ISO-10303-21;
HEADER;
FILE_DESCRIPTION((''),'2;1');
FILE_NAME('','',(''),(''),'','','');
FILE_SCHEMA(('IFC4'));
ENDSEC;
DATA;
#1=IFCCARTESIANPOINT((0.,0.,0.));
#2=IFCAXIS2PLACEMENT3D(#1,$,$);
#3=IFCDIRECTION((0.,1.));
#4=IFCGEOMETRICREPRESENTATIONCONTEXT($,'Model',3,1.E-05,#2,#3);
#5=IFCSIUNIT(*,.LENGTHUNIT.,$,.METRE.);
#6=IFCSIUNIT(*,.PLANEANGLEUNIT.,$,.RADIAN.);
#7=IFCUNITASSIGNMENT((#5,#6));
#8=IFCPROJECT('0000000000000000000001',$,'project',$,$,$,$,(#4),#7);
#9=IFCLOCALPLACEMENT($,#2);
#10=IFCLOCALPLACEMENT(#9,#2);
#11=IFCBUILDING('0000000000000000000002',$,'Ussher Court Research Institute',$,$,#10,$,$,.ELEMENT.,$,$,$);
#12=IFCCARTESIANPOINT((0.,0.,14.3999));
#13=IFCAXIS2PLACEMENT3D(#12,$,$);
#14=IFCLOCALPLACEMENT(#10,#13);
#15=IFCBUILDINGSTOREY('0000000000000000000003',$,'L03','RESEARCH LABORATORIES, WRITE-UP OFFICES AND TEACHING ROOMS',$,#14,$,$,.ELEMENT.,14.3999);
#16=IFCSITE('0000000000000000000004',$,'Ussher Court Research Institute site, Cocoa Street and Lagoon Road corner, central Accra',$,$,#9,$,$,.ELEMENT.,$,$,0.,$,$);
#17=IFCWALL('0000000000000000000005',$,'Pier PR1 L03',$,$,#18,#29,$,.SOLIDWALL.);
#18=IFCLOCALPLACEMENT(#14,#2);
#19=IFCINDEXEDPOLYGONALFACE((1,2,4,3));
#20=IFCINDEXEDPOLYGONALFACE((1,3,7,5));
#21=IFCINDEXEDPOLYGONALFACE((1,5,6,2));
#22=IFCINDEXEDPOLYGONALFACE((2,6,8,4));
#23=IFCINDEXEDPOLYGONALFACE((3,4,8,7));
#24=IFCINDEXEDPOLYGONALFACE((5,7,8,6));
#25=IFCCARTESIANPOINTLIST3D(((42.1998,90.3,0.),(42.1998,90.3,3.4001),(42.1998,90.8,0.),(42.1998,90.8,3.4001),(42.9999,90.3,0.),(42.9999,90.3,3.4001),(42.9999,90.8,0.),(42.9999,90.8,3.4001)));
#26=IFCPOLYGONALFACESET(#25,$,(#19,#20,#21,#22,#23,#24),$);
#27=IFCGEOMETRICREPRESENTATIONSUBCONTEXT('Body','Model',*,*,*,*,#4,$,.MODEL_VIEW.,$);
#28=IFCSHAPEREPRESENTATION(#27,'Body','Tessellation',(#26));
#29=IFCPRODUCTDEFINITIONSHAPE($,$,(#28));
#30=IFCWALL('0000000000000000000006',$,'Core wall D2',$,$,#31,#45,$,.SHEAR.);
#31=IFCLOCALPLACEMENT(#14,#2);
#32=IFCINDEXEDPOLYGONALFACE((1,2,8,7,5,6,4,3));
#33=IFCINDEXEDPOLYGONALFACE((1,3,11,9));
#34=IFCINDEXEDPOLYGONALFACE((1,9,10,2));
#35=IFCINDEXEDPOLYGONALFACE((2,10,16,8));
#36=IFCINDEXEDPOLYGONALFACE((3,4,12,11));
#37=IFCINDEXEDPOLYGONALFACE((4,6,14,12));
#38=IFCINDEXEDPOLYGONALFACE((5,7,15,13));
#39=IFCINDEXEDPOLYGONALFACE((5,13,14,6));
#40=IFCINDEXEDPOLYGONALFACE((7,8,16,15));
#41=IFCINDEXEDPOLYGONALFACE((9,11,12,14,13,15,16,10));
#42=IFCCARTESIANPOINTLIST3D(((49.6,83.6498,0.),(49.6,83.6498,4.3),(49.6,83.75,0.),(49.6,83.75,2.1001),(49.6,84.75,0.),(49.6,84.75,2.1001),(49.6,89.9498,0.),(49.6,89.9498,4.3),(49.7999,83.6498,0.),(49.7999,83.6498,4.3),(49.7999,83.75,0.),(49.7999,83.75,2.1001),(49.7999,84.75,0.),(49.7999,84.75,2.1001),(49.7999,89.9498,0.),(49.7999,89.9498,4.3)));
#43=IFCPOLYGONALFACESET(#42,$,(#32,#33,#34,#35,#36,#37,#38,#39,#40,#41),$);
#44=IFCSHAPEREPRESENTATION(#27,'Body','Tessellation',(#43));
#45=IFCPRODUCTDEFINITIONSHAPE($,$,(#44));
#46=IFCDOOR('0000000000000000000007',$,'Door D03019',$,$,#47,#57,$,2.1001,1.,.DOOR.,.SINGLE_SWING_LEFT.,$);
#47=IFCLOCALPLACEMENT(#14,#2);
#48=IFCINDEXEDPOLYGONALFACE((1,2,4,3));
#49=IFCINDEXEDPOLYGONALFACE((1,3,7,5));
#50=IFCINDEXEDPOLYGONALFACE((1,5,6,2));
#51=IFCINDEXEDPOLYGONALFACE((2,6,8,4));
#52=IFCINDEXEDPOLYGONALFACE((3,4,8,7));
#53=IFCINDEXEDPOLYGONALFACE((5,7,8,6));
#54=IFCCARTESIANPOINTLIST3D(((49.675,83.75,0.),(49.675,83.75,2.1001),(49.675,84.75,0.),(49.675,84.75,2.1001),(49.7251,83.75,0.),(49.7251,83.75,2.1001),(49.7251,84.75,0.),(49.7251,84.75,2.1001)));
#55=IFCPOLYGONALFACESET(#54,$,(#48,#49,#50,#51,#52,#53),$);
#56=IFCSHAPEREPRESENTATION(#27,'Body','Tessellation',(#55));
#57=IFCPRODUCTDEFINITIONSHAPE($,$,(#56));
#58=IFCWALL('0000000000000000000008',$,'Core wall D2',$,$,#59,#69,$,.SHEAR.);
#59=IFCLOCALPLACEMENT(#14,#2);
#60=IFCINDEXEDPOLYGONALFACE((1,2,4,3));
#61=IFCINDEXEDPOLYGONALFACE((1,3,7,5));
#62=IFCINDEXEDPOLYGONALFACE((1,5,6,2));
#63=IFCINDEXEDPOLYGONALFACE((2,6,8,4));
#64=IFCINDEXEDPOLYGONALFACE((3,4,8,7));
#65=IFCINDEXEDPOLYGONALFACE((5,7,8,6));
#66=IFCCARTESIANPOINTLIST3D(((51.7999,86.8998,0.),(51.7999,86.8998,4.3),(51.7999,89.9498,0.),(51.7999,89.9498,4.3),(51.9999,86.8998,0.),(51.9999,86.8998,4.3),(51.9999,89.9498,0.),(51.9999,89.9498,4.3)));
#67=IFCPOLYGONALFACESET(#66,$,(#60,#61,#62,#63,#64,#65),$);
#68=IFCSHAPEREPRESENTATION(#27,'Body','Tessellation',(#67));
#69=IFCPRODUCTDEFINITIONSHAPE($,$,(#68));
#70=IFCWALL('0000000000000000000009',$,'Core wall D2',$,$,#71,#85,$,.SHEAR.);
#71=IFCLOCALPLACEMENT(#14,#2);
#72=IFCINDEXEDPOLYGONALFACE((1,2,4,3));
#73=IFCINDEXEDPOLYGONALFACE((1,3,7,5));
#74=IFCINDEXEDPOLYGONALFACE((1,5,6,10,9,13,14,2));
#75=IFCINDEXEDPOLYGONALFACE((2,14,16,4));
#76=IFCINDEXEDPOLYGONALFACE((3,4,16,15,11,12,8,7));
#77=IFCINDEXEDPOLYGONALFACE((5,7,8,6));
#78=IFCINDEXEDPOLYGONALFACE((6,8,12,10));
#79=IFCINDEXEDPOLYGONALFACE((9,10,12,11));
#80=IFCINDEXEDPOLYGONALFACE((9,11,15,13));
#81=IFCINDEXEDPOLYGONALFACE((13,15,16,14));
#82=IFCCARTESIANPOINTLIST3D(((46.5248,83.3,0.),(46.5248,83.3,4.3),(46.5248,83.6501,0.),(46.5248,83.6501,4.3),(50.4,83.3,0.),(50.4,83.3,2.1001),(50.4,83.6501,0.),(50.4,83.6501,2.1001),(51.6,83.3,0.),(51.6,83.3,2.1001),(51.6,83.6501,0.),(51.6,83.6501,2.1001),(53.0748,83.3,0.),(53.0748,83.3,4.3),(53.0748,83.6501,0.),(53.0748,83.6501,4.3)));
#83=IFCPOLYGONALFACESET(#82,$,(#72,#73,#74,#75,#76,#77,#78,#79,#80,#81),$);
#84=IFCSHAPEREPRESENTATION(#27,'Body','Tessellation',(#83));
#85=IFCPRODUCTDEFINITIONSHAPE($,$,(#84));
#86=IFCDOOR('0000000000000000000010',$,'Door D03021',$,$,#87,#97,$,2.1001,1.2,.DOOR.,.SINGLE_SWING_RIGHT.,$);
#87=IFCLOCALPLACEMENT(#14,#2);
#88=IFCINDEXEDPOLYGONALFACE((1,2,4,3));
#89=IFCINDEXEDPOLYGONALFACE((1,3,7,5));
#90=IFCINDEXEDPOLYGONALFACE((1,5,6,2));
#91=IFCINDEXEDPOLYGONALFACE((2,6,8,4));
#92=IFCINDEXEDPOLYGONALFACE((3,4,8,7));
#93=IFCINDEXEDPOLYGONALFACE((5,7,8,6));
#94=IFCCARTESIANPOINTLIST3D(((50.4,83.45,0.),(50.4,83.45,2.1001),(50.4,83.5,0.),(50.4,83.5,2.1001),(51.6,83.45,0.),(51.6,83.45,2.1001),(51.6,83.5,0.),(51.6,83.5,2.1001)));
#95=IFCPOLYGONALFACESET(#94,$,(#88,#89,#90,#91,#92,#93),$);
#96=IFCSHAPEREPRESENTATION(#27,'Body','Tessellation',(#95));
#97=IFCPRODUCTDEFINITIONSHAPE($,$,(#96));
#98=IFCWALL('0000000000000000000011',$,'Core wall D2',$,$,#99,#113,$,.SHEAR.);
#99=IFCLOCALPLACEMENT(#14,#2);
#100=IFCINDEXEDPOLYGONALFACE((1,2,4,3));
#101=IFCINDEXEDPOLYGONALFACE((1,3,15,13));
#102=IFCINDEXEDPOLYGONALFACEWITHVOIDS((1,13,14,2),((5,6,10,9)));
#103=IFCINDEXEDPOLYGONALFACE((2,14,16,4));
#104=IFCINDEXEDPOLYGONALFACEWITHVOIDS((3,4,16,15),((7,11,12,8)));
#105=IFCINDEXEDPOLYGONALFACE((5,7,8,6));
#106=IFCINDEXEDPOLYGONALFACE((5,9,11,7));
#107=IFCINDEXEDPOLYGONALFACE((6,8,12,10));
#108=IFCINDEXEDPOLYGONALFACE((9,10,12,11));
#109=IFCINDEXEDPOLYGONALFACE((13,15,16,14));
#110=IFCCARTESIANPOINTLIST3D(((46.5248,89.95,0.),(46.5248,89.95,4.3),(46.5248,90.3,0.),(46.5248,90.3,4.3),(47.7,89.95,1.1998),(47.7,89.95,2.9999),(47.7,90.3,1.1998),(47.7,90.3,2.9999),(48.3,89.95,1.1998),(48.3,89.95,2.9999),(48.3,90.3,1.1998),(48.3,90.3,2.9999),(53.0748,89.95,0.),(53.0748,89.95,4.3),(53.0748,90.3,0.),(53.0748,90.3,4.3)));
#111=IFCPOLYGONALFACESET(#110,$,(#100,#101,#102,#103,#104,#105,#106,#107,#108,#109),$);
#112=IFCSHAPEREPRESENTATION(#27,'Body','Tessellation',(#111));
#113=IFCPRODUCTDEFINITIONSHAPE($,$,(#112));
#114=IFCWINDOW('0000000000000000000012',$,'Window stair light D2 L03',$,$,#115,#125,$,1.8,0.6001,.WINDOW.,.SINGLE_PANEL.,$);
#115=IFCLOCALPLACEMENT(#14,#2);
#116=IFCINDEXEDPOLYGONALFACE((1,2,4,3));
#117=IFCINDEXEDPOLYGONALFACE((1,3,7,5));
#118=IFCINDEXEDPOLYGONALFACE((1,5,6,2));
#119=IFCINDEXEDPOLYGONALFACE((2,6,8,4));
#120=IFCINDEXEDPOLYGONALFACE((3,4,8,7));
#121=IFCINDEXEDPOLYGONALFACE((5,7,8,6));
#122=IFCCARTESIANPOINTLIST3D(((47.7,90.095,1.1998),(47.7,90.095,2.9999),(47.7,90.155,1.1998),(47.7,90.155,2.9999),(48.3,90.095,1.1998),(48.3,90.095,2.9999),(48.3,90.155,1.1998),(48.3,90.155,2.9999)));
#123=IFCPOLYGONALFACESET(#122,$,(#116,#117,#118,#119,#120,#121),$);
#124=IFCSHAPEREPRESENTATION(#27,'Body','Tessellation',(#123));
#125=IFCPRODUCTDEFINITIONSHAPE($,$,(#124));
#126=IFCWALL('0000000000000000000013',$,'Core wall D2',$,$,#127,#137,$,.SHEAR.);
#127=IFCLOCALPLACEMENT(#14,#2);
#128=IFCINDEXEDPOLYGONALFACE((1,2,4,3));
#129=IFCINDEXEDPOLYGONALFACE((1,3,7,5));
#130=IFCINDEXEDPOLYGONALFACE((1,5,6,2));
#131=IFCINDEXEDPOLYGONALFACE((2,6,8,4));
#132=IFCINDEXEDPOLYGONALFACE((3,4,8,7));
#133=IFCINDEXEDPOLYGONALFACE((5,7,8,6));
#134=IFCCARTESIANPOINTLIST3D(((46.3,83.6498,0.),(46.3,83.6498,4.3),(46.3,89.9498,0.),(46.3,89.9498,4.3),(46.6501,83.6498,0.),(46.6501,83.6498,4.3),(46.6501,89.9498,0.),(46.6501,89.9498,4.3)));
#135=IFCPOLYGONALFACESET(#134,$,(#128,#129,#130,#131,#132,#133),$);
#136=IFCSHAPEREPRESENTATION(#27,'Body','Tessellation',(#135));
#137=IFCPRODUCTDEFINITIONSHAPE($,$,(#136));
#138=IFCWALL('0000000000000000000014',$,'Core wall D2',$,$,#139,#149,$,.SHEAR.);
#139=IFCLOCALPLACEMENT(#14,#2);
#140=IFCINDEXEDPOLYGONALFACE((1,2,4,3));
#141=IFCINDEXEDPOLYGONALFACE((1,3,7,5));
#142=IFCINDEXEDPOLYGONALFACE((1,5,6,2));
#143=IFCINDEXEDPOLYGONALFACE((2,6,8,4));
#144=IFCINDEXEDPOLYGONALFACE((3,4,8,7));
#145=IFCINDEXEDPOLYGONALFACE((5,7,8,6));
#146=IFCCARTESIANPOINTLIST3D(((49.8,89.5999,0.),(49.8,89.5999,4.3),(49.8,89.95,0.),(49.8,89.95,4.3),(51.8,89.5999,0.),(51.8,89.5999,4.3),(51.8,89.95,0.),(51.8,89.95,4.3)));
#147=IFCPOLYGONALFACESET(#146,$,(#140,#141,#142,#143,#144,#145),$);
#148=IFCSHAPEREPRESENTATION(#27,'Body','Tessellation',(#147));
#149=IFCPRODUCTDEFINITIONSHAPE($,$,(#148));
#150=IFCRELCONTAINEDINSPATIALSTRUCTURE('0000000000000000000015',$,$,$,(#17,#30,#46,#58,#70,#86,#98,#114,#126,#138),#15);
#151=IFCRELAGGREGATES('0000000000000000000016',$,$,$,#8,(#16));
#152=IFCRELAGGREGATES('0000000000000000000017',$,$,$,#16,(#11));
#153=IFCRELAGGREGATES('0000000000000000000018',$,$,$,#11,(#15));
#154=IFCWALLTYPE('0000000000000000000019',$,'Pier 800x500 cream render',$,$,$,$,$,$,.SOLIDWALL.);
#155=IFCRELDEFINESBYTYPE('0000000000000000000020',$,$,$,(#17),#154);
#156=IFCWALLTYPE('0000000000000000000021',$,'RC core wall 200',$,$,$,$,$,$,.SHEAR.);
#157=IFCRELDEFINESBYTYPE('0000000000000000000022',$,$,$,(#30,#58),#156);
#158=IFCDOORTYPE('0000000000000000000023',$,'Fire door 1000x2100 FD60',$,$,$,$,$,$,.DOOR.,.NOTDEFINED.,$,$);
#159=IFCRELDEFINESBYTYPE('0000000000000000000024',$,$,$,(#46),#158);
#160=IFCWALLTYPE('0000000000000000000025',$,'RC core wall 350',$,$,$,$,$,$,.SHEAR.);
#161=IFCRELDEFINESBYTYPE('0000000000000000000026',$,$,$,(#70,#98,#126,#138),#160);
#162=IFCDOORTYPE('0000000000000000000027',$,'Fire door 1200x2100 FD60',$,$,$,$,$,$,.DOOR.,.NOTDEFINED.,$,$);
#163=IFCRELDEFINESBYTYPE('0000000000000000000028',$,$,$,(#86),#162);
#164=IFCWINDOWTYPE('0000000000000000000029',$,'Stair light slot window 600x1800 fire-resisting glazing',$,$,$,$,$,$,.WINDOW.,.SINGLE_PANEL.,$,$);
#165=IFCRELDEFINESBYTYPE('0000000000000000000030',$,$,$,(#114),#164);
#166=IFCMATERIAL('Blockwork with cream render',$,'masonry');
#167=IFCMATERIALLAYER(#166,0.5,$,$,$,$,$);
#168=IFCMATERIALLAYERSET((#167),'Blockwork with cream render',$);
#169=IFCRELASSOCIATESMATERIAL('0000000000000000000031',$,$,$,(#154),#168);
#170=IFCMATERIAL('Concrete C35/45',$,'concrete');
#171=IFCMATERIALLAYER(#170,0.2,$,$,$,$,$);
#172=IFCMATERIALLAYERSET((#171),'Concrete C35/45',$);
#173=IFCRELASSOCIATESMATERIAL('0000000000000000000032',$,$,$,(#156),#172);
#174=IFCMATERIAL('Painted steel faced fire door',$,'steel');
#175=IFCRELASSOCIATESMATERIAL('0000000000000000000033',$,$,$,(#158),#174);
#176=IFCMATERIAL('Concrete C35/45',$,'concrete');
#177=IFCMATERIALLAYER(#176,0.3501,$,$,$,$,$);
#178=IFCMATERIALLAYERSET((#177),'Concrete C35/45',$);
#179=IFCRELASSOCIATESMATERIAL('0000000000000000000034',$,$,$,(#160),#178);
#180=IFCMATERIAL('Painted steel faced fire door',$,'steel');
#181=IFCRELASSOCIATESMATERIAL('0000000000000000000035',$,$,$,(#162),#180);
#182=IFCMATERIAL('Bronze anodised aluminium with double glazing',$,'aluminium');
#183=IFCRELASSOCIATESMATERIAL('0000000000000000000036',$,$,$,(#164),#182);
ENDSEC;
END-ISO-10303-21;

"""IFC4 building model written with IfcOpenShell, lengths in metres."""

from ifc_helpers import new_model, si_unit, direction, frame, frame_2d, origin, place, context, subcontext, project, spatial, rectangle, extrude, material, layer, layer_set, type_object, element, fill, save


model = new_model("IFC4")

# Units and contexts
model_context = context("Model", 3, precision=1e-05, world=origin(), true_north=direction((0.0, 1.0)))
body_context = subcontext(model_context, "Body", "Model", "MODEL_VIEW")
ifc_project = project(units=[si_unit("LENGTHUNIT", "METRE"), si_unit("PLANEANGLEUNIT", "RADIAN")], contexts=[model_context])

# Site, building, storey
site_placement = place(None, origin())
site = spatial("IfcSite", under=ifc_project, at=site_placement, Name="Ussher Court Research Institute site, Cocoa Street and Lagoon Road corner, central Accra", CompositionType="ELEMENT", RefElevation=0.0)
building_placement = place(site_placement, origin())
building = spatial("IfcBuilding", under=site, at=building_placement, Name="Ussher Court Research Institute", CompositionType="ELEMENT")
storey_placement = place(building_placement, frame((0.0, 0.0, 14.3999)))
storey = spatial("IfcBuildingStorey", under=building, at=storey_placement, Name="L03", Description="RESEARCH LABORATORIES, WRITE-UP OFFICES AND TEACHING ROOMS", CompositionType="ELEMENT", Elevation=14.3999)

# Wall
ifc_material_1 = material(Name="Blockwork with cream render", Category="masonry")
ifc_layer_1 = layer(ifc_material_1, 0.5)
ifc_layer_set_1 = layer_set([ifc_layer_1], Name="Blockwork with cream render")
wall_type_1 = type_object("IfcWallType", Name="Pier 800x500 cream render", PredefinedType="SOLIDWALL", material=ifc_layer_set_1)
wall_1_placement = place(storey_placement, frame((42.2, 90.55, 0.0), z_axis=(0.0, 0.0, 1.0), x_axis=(1.0, 0.0, 0.0)))
element("IfcWall", 1, at=wall_1_placement, inside=storey, type_object=wall_type_1, Name="Pier PR1 L03", PredefinedType="SOLIDWALL", context=body_context, shape_type="SweptSolid", body=[
    extrude(rectangle(XDim=0.8, YDim=0.5, at=frame_2d((0.3999, 0.0))), origin(), (0.0, 0.0, 1.0), 3.4001),
])

# Wall, opening, door
ifc_material_2 = material(Name="Concrete C35/45", Category="concrete")
ifc_layer_2 = layer(ifc_material_2, 0.2)
ifc_layer_set_2 = layer_set([ifc_layer_2], Name="Concrete C35/45")
wall_type_2 = type_object("IfcWallType", Name="RC core wall 200", PredefinedType="SHEAR", material=ifc_layer_set_2)
wall_2_placement = place(storey_placement, frame((49.7, 83.6499, 0.0), z_axis=(0.0, 0.0, 1.0), x_axis=(0.0, 1.0, 0.0)))
wall_2 = element("IfcWall", 2, at=wall_2_placement, inside=storey, type_object=wall_type_2, Name="Core wall D2", PredefinedType="SHEAR", context=body_context, shape_type="SweptSolid", body=[
    extrude(rectangle(XDim=6.3, YDim=0.2, at=frame_2d((3.1499, 0.0))), origin(), (0.0, 0.0, 1.0), 4.3),
])
opening_1_placement = place(wall_2_placement, frame((0.1001, 0.0, 0.0)))
opening_1 = element("IfcOpeningElement", 3, at=opening_1_placement, cuts=wall_2, PredefinedType="OPENING", context=body_context, shape_type="SweptSolid", body=[
    extrude(rectangle(XDim=1.0, YDim=2.1001, at=frame_2d((0.5, 1.05))), frame((0.0, 0.1099, 0.0), z_axis=(0.0, -1.0, 0.0), x_axis=(1.0, 0.0, 0.0)), (0.0, 0.0, 1.0), 0.22),
])
ifc_material_3 = material(Name="Painted steel faced fire door", Category="steel")
door_type_1 = type_object("IfcDoorType", Name="Fire door 1000x2100 FD60", OperationType="NOTDEFINED", PredefinedType="DOOR", material=ifc_material_3)
door_1_placement = place(opening_1_placement, origin())
door_1 = element("IfcDoor", 4, at=door_1_placement, inside=storey, type_object=door_type_1, Name="Door D03019", OperationType="SINGLE_SWING_LEFT", OverallHeight=2.1001, OverallWidth=1.0, PredefinedType="DOOR", context=body_context, shape_type="SweptSolid", body=[
    extrude(rectangle(XDim=1.0, YDim=2.1001, at=frame_2d((0.5, 1.05))), frame((0.0, 0.0249, 0.0), z_axis=(0.0, -1.0, 0.0), x_axis=(1.0, 0.0, 0.0)), (0.0, 0.0, 1.0), 0.05),
])
fill(opening_1, door_1)

# Wall
wall_3_placement = place(storey_placement, frame((51.8999, 86.8999, 0.0), z_axis=(0.0, 0.0, 1.0), x_axis=(0.0, 1.0, 0.0)))
element("IfcWall", 5, at=wall_3_placement, inside=storey, type_object=wall_type_2, Name="Core wall D2", PredefinedType="SHEAR", context=body_context, shape_type="SweptSolid", body=[
    extrude(rectangle(XDim=3.05, YDim=0.2, at=frame_2d((1.5249, 0.0))), origin(), (0.0, 0.0, 1.0), 4.3),
])

# Wall, opening, door
ifc_material_4 = material(Name="Concrete C35/45", Category="concrete")
ifc_layer_3 = layer(ifc_material_4, 0.3501)
ifc_layer_set_3 = layer_set([ifc_layer_3], Name="Concrete C35/45")
wall_type_3 = type_object("IfcWallType", Name="RC core wall 350", PredefinedType="SHEAR", material=ifc_layer_set_3)
wall_4_placement = place(storey_placement, frame((46.5249, 83.4751, 0.0), z_axis=(0.0, 0.0, 1.0), x_axis=(1.0, 0.0, 0.0)))
wall_4 = element("IfcWall", 6, at=wall_4_placement, inside=storey, type_object=wall_type_3, Name="Core wall D2", PredefinedType="SHEAR", context=body_context, shape_type="SweptSolid", body=[
    extrude(rectangle(XDim=6.55, YDim=0.3501, at=frame_2d((3.2749, 0.0))), origin(), (0.0, 0.0, 1.0), 4.3),
])
opening_2_placement = place(wall_4_placement, frame((3.875, 0.0, 0.0)))
opening_2 = element("IfcOpeningElement", 7, at=opening_2_placement, cuts=wall_4, PredefinedType="OPENING", context=body_context, shape_type="SweptSolid", body=[
    extrude(rectangle(XDim=1.2, YDim=2.1001, at=frame_2d((0.6001, 1.05))), frame((0.0, 0.1851, 0.0), z_axis=(0.0, -1.0, 0.0), x_axis=(1.0, 0.0, 0.0)), (0.0, 0.0, 1.0), 0.3701),
])
ifc_material_5 = material(Name="Painted steel faced fire door", Category="steel")
door_type_2 = type_object("IfcDoorType", Name="Fire door 1200x2100 FD60", OperationType="NOTDEFINED", PredefinedType="DOOR", material=ifc_material_5)
door_2_placement = place(opening_2_placement, origin())
door_2 = element("IfcDoor", 8, at=door_2_placement, inside=storey, type_object=door_type_2, Name="Door D03021", OperationType="SINGLE_SWING_RIGHT", OverallHeight=2.1001, OverallWidth=1.2, PredefinedType="DOOR", context=body_context, shape_type="SweptSolid", body=[
    extrude(rectangle(XDim=1.2, YDim=2.1001, at=frame_2d((0.6001, 1.05))), frame((0.0, 0.0249, 0.0), z_axis=(0.0, -1.0, 0.0), x_axis=(1.0, 0.0, 0.0)), (0.0, 0.0, 1.0), 0.05),
])
fill(opening_2, door_2)

# Wall, opening, window
wall_5_placement = place(storey_placement, frame((46.5249, 90.125, 0.0), z_axis=(0.0, 0.0, 1.0), x_axis=(1.0, 0.0, 0.0)))
wall_5 = element("IfcWall", 9, at=wall_5_placement, inside=storey, type_object=wall_type_3, Name="Core wall D2", PredefinedType="SHEAR", context=body_context, shape_type="SweptSolid", body=[
    extrude(rectangle(XDim=6.55, YDim=0.3501, at=frame_2d((3.2749, 0.0))), origin(), (0.0, 0.0, 1.0), 4.3),
])
opening_3_placement = place(wall_5_placement, frame((1.175, 0.0, 1.2)))
opening_3 = element("IfcOpeningElement", 10, at=opening_3_placement, cuts=wall_5, PredefinedType="OPENING", context=body_context, shape_type="SweptSolid", body=[
    extrude(rectangle(XDim=0.6001, YDim=1.8, at=frame_2d((0.3, 0.8999))), frame((0.0, 0.1851, 0.0), z_axis=(0.0, -1.0, 0.0), x_axis=(1.0, 0.0, 0.0)), (0.0, 0.0, 1.0), 0.3701),
])
ifc_material_6 = material(Name="Bronze anodised aluminium with double glazing", Category="aluminium")
window_type = type_object("IfcWindowType", Name="Stair light slot window 600x1800 fire-resisting glazing", PartitioningType="SINGLE_PANEL", PredefinedType="WINDOW", material=ifc_material_6)
window_placement = place(opening_3_placement, origin())
window = element("IfcWindow", 11, at=window_placement, inside=storey, type_object=window_type, Name="Window stair light D2 L03", OverallHeight=1.8, OverallWidth=0.6001, PartitioningType="SINGLE_PANEL", PredefinedType="WINDOW", context=body_context, shape_type="SweptSolid", body=[
    extrude(rectangle(XDim=0.6001, YDim=1.8, at=frame_2d((0.3, 0.8999))), frame((0.0, 0.03, 0.0), z_axis=(0.0, -1.0, 0.0), x_axis=(1.0, 0.0, 0.0)), (0.0, 0.0, 1.0), 0.0601),
])
fill(opening_3, window)

# Walls
wall_6_placement = place(storey_placement, frame((46.4751, 83.6499, 0.0), z_axis=(0.0, 0.0, 1.0), x_axis=(0.0, 1.0, 0.0)))
element("IfcWall", 12, at=wall_6_placement, inside=storey, type_object=wall_type_3, Name="Core wall D2", PredefinedType="SHEAR", context=body_context, shape_type="SweptSolid", body=[
    extrude(rectangle(XDim=6.3, YDim=0.3501, at=frame_2d((3.1499, 0.0))), origin(), (0.0, 0.0, 1.0), 4.3),
])
wall_7_placement = place(storey_placement, frame((49.8, 89.7749, 0.0), z_axis=(0.0, 0.0, 1.0), x_axis=(1.0, 0.0, 0.0)))
element("IfcWall", 13, at=wall_7_placement, inside=storey, type_object=wall_type_3, Name="Core wall D2", PredefinedType="SHEAR", context=body_context, shape_type="SweptSolid", body=[
    extrude(rectangle(XDim=2.0, YDim=0.3501, at=frame_2d((1.0, 0.0))), origin(), (0.0, 0.0, 1.0), 4.3),
])

save(model, "model.ifc")
